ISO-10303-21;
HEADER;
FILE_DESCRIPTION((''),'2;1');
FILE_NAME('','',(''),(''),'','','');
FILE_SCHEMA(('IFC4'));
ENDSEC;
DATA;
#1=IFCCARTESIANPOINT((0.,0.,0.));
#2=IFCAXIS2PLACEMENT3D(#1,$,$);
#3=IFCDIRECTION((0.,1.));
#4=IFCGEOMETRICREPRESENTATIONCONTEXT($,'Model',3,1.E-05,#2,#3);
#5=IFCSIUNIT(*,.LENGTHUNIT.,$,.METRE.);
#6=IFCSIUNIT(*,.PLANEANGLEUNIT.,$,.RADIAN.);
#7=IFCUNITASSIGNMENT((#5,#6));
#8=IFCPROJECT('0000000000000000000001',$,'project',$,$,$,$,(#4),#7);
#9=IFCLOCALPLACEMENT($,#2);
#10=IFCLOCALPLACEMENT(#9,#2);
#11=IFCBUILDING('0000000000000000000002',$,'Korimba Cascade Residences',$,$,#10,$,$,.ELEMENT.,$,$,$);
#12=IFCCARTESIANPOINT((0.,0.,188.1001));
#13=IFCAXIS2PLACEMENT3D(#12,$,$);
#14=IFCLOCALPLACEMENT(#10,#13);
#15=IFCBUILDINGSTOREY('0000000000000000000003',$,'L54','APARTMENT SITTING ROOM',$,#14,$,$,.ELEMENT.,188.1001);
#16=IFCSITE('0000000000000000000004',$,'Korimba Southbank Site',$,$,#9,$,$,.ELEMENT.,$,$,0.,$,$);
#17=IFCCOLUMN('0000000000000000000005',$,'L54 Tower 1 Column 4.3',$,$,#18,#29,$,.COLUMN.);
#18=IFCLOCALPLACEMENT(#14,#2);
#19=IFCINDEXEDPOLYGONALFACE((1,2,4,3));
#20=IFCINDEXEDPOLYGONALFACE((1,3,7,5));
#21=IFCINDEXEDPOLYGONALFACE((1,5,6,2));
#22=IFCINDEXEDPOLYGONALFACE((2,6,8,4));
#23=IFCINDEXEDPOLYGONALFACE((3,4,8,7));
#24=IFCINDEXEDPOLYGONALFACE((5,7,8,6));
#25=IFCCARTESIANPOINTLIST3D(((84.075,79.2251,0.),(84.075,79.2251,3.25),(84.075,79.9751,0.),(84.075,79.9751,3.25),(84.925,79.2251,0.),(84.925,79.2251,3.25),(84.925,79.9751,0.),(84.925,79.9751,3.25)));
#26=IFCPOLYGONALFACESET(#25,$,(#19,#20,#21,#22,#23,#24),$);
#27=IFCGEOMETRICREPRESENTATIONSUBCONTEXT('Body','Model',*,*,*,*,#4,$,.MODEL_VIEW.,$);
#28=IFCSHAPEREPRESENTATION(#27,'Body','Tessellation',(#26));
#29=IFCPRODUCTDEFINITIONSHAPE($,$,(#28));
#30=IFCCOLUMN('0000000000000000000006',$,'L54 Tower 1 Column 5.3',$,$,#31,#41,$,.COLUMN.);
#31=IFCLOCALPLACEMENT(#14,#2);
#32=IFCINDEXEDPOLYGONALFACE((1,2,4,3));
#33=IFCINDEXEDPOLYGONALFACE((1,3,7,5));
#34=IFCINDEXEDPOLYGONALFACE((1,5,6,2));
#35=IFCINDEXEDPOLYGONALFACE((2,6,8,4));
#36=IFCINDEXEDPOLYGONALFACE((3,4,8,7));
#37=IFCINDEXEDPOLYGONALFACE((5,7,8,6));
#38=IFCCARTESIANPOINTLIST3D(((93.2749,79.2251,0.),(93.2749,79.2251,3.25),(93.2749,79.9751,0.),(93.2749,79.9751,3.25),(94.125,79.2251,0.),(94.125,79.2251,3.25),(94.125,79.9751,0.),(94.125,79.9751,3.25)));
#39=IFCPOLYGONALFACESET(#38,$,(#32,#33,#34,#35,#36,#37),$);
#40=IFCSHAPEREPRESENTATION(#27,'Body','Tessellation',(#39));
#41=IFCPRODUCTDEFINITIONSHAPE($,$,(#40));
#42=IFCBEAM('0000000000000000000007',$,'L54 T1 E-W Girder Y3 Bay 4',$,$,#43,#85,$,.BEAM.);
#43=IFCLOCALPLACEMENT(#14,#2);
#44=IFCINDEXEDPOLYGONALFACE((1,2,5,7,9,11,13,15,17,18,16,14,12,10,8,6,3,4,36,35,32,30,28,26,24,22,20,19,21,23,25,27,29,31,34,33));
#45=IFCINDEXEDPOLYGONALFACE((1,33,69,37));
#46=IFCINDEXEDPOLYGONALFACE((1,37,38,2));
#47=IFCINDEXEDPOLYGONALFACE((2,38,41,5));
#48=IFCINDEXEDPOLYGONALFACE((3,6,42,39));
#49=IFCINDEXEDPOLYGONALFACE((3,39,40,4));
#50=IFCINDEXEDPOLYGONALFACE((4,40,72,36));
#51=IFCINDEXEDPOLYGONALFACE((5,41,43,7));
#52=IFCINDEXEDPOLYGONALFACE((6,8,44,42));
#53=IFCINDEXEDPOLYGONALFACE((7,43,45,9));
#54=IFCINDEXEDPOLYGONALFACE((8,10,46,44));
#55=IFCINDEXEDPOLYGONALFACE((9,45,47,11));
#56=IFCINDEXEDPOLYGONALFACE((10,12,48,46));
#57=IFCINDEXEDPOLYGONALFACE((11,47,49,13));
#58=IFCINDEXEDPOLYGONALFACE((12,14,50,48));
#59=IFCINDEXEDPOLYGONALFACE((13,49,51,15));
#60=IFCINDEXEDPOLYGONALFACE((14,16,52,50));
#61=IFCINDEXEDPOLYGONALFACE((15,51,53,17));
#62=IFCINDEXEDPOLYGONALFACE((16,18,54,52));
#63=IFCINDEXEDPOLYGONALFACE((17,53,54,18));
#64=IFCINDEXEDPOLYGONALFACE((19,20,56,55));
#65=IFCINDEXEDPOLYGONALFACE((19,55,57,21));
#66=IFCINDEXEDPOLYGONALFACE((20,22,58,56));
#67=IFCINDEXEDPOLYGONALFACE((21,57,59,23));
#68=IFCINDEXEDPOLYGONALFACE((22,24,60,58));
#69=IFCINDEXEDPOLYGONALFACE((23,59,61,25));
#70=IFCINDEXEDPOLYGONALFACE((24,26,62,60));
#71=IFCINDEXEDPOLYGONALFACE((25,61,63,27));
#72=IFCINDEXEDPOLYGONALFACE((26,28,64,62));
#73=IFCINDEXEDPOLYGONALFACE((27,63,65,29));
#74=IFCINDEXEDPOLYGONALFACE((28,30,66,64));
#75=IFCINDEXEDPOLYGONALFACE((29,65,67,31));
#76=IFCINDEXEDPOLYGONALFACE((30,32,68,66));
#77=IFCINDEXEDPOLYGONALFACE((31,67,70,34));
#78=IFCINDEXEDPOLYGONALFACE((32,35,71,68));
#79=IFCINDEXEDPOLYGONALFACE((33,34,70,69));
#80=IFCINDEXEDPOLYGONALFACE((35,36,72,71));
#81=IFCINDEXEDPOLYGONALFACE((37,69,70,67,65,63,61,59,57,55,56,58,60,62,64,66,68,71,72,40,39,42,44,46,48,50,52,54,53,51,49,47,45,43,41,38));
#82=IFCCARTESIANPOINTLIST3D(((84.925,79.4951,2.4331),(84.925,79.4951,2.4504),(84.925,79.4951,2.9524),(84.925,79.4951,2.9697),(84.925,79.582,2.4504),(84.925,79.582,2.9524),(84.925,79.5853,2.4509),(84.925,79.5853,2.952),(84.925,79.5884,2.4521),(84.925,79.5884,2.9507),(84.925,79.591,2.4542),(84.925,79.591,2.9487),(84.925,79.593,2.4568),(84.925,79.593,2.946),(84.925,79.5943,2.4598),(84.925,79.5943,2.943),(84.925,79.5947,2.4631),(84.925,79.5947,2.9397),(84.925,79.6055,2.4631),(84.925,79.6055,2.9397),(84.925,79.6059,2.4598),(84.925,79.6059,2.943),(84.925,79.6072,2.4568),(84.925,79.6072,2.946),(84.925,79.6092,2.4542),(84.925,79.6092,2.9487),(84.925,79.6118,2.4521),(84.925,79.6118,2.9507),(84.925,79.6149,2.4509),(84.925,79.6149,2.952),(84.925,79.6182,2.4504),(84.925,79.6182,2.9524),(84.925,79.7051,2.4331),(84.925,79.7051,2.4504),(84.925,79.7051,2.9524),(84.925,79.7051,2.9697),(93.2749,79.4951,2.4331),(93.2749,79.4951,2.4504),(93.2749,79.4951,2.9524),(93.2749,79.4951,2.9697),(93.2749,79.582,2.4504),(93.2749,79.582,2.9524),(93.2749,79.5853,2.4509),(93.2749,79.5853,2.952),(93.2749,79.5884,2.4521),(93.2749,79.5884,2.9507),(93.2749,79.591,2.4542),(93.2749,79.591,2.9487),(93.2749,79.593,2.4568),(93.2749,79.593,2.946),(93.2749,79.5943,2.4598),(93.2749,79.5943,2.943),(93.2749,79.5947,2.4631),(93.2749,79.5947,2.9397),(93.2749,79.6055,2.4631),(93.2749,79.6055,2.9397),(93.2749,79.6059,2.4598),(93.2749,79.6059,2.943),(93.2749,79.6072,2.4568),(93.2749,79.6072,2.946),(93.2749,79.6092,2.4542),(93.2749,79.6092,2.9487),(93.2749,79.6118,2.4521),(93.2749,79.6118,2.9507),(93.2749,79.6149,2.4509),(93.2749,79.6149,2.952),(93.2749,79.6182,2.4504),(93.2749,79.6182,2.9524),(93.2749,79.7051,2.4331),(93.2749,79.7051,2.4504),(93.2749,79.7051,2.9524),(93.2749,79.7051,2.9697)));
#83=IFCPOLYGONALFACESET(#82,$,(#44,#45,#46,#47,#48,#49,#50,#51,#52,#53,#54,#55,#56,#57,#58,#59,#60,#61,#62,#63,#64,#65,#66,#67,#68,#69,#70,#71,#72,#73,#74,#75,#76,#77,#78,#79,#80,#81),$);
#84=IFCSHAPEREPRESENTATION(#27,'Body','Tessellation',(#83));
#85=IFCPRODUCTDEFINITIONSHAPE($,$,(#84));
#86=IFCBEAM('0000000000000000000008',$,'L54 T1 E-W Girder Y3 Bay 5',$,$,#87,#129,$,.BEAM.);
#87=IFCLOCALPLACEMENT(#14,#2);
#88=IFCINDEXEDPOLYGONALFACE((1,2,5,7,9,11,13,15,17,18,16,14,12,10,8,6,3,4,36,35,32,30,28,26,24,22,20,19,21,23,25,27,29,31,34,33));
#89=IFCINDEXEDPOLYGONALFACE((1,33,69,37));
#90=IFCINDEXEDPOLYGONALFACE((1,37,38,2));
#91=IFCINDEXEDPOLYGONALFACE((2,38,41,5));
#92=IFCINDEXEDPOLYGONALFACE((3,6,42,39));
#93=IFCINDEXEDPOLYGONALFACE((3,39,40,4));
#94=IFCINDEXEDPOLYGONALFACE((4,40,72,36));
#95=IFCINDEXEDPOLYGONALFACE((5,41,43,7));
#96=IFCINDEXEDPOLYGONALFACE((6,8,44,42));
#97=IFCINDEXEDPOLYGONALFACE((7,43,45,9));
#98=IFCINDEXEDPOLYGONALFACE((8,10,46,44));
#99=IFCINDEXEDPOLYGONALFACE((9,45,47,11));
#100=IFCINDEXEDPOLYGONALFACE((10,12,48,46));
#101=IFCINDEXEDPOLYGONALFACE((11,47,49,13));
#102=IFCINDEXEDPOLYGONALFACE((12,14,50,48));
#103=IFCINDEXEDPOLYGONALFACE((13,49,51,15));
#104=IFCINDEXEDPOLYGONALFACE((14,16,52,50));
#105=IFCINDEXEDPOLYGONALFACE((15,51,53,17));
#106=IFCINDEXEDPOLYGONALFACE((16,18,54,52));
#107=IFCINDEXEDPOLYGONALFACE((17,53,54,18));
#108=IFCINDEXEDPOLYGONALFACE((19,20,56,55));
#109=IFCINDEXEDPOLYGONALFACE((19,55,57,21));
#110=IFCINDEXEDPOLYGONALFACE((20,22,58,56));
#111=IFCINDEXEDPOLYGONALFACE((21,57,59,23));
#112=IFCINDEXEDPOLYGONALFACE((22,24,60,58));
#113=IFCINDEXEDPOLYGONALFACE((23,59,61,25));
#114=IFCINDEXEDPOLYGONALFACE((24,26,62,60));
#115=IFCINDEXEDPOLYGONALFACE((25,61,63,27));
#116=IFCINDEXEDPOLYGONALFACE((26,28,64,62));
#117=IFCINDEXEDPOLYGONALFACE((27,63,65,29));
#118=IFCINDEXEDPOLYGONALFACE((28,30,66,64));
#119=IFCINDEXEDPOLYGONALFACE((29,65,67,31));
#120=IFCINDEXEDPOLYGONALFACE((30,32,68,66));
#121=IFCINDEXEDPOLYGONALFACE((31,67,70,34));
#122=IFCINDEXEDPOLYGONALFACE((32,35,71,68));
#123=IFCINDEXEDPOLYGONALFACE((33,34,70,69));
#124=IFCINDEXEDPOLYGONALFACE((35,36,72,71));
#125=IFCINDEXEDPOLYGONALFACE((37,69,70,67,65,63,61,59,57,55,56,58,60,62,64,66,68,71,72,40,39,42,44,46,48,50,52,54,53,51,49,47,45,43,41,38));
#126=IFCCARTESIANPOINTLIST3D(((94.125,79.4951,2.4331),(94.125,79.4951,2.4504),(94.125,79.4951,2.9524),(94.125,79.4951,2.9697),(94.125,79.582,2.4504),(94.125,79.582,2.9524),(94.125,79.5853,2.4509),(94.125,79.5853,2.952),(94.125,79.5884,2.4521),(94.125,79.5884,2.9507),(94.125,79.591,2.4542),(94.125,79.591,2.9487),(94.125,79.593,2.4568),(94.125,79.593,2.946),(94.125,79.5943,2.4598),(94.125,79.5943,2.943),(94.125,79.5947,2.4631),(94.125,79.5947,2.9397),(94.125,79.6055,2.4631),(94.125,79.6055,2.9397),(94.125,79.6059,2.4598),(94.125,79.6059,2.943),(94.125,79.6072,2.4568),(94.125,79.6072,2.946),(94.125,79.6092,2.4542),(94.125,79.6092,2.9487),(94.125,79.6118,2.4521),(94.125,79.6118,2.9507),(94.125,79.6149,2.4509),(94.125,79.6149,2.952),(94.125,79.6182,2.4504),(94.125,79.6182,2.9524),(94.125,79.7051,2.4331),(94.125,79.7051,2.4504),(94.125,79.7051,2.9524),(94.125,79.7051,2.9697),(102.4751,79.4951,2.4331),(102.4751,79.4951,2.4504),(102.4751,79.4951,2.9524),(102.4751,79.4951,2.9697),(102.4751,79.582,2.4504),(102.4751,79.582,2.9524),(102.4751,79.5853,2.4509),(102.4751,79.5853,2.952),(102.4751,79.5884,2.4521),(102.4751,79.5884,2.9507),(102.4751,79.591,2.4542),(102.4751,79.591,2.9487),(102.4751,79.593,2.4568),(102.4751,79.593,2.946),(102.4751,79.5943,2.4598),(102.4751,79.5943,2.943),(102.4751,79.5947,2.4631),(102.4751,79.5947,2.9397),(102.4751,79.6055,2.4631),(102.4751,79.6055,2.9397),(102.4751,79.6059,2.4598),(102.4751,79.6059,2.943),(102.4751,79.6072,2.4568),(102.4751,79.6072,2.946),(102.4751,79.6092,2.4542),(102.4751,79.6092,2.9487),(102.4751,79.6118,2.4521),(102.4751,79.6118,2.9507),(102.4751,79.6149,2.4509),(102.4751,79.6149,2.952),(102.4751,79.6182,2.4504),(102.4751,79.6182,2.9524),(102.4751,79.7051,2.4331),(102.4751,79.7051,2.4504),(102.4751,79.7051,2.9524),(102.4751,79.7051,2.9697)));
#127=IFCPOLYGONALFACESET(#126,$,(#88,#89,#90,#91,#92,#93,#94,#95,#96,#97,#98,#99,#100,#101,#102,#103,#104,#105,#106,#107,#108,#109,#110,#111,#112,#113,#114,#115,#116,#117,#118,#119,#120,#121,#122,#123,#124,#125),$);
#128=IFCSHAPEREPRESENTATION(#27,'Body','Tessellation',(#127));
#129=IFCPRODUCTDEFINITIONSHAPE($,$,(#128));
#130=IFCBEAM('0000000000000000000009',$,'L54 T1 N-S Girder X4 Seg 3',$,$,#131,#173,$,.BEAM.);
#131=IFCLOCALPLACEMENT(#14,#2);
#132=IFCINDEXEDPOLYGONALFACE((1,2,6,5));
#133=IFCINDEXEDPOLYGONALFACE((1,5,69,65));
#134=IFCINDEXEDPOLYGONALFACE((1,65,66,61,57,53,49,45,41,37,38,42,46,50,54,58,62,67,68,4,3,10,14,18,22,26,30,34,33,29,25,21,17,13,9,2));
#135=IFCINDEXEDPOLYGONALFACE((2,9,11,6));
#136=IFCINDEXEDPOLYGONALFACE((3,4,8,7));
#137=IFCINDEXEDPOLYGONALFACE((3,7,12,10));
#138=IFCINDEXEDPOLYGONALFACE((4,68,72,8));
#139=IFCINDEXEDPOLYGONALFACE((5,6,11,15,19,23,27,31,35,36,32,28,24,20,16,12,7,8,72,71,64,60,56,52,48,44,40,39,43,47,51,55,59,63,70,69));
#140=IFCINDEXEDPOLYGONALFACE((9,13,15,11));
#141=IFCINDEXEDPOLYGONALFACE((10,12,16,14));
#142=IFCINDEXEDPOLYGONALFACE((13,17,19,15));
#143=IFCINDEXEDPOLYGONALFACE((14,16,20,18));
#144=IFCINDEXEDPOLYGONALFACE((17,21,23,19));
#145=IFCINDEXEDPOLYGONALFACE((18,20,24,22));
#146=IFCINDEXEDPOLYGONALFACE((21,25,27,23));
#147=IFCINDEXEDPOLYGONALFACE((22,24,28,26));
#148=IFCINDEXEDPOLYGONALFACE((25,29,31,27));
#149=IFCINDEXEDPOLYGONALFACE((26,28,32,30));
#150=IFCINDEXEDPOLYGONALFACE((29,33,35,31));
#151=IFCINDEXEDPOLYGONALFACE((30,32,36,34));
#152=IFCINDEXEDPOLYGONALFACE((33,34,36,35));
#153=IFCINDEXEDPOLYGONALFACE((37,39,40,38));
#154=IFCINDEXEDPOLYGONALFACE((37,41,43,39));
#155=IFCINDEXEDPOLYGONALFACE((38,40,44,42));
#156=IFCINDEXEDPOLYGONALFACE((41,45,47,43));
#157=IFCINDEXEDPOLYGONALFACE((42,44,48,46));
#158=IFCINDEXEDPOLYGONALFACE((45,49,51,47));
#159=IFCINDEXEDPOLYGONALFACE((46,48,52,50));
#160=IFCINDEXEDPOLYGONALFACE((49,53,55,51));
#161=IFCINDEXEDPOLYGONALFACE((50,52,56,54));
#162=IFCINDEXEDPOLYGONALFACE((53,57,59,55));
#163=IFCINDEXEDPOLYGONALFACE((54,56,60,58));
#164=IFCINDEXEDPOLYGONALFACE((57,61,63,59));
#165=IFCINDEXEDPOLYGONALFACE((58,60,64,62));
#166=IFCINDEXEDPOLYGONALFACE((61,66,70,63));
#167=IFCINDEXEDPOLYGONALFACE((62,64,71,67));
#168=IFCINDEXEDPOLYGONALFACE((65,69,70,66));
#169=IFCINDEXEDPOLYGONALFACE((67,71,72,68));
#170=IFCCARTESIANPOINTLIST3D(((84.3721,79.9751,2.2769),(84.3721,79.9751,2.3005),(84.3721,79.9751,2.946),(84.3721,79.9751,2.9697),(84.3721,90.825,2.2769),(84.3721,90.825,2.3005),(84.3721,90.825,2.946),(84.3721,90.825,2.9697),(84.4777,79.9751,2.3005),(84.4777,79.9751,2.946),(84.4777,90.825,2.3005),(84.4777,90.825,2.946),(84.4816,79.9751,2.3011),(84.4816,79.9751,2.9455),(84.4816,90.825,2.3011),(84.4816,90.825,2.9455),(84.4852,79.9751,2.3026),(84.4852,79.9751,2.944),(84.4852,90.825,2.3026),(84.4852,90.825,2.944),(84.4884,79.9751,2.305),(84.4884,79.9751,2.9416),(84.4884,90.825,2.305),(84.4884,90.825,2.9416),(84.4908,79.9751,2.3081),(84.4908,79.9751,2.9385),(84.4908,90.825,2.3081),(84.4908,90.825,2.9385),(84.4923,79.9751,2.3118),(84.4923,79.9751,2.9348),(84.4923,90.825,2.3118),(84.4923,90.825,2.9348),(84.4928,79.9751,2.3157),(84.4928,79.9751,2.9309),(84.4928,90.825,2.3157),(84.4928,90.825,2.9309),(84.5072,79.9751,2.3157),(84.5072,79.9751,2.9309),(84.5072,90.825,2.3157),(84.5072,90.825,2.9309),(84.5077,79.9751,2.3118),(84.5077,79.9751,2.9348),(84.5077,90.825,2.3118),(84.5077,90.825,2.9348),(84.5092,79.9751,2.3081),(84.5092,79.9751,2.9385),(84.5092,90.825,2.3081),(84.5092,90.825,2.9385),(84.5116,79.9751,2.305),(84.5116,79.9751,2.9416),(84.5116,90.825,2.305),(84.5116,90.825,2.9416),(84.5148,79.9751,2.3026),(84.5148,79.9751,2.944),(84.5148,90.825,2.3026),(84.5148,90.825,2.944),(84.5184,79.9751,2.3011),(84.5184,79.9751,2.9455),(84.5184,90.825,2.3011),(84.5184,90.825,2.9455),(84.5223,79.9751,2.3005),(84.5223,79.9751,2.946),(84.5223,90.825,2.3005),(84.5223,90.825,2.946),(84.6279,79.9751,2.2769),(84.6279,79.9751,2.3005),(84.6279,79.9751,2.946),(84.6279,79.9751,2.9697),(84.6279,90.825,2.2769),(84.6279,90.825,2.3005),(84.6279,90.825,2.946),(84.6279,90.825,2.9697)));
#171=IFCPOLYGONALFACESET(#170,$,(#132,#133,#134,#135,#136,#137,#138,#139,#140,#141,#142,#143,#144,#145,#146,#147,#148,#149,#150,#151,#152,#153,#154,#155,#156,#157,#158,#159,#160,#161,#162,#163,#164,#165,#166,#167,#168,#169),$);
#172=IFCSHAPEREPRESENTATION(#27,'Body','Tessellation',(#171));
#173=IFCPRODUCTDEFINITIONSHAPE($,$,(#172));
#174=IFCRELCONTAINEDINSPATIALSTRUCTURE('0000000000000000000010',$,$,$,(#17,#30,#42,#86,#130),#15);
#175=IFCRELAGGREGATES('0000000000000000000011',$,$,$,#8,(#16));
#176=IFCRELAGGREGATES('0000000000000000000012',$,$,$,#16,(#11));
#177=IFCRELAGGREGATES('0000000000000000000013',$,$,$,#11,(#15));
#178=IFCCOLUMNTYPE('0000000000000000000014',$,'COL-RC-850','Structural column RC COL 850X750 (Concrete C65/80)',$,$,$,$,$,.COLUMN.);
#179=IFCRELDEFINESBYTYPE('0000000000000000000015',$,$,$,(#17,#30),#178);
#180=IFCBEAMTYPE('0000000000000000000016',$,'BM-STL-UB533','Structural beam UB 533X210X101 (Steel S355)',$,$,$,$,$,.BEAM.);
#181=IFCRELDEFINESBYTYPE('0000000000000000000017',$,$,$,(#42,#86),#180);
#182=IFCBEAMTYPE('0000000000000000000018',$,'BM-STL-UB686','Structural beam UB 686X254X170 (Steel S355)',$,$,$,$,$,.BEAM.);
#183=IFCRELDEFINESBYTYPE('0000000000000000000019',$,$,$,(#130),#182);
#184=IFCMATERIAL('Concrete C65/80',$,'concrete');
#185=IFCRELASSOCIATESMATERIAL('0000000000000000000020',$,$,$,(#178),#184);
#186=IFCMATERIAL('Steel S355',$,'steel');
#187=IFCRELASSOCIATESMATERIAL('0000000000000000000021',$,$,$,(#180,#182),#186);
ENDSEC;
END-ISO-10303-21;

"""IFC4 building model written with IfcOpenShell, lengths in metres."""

from ifc_helpers import new_model, si_unit, direction, frame, origin, origin_2d, place, context, subcontext, project, spatial, rectangle, i_section, extrude, material, material_profile, profile_set, type_object, element, save


model = new_model("IFC4")

# Units and contexts
model_context = context("Model", 3, precision=1e-05, world=origin(), true_north=direction((0.0, 1.0)))
body_context = subcontext(model_context, "Body", "Model", "MODEL_VIEW")
ifc_project = project(units=[si_unit("LENGTHUNIT", "METRE"), si_unit("PLANEANGLEUNIT", "RADIAN")], contexts=[model_context])

# Site, building, storey
site_placement = place(None, origin())
site = spatial("IfcSite", under=ifc_project, at=site_placement, Name="Korimba Southbank Site", CompositionType="ELEMENT", RefElevation=0.0)
building_placement = place(site_placement, origin())
building = spatial("IfcBuilding", under=site, at=building_placement, Name="Korimba Cascade Residences", CompositionType="ELEMENT")
storey_placement = place(building_placement, frame((0.0, 0.0, 188.1001)))
storey = spatial("IfcBuildingStorey", under=building, at=storey_placement, Name="L54", Description="APARTMENT SITTING ROOM", CompositionType="ELEMENT", Elevation=188.1001)

# Columns
ifc_material_1 = material(Name="Concrete C65/80", Category="concrete")
ifc_material_profile_1 = material_profile(ifc_material_1, rectangle(XDim=0.8501, YDim=0.75, at=origin_2d()), Name="Concrete C65/80")
ifc_profile_set_1 = profile_set([ifc_material_profile_1], Name="Concrete C65/80")
column_type = type_object("IfcColumnType", Name="COL-RC-850", Description="Structural column RC COL 850X750 (Concrete C65/80)", PredefinedType="COLUMN", material=ifc_profile_set_1)
for number, where, z_axis, x_axis, name in (
    (1, (84.5, 79.6001, 0.0), (0.0, 0.0, 1.0), (1.0, 0.0, 0.0), "L54 Tower 1 Column 4.3"),
    (2, (93.7, 79.6001, 0.0), (0.0, 0.0, 1.0), (1.0, 0.0, 0.0), "L54 Tower 1 Column 5.3"),
):
    element("IfcColumn", number, at=place(storey_placement, frame(where, z_axis=z_axis, x_axis=x_axis)), inside=storey, type_object=column_type, Name=name, PredefinedType="COLUMN", context=body_context, shape_type="SweptSolid", body=[
        extrude(rectangle(XDim=0.8501, YDim=0.75, at=origin_2d()), origin(), (0.0, 0.0, 1.0), 3.25),
    ])

# Beams
ifc_material_2 = material(Name="Steel S355", Category="steel")
ifc_material_profile_2 = material_profile(ifc_material_2, i_section(OverallWidth=0.21, OverallDepth=0.5366, WebThickness=0.0107, FlangeThickness=0.0173, FilletRadius=0.0127, at=origin_2d()), Name="Steel S355")
ifc_profile_set_2 = profile_set([ifc_material_profile_2], Name="Steel S355")
beam_type_1 = type_object("IfcBeamType", Name="BM-STL-UB533", Description="Structural beam UB 533X210X101 (Steel S355)", PredefinedType="BEAM", material=ifc_profile_set_2)
beam_1_placement = place(storey_placement, frame((84.925, 79.6001, 2.7014), z_axis=(1.0, 0.0, 0.0), x_axis=(0.0, 1.0, 0.0)))
element("IfcBeam", 3, at=beam_1_placement, inside=storey, type_object=beam_type_1, Name="L54 T1 E-W Girder Y3 Bay 4", PredefinedType="BEAM", context=body_context, shape_type="SweptSolid", body=[
    extrude(i_section(OverallWidth=0.21, OverallDepth=0.5366, WebThickness=0.0107, FlangeThickness=0.0173, FilletRadius=0.0127, at=origin_2d()), origin(), (0.0, 0.0, 1.0), 8.3499),
])
beam_2_placement = place(storey_placement, frame((94.125, 79.6001, 2.7014), z_axis=(1.0, 0.0, 0.0), x_axis=(0.0, 1.0, 0.0)))
element("IfcBeam", 4, at=beam_2_placement, inside=storey, type_object=beam_type_1, Name="L54 T1 E-W Girder Y3 Bay 5", PredefinedType="BEAM", context=body_context, shape_type="SweptSolid", body=[
    extrude(i_section(OverallWidth=0.21, OverallDepth=0.5366, WebThickness=0.0107, FlangeThickness=0.0173, FilletRadius=0.0127, at=origin_2d()), origin(), (0.0, 0.0, 1.0), 8.3501),
])
ifc_material_profile_3 = material_profile(ifc_material_2, i_section(OverallWidth=0.2559, OverallDepth=0.6929, WebThickness=0.0144, FlangeThickness=0.0237, FilletRadius=0.0151, at=origin_2d()), Name="Steel S355")
ifc_profile_set_3 = profile_set([ifc_material_profile_3], Name="Steel S355")
beam_type_2 = type_object("IfcBeamType", Name="BM-STL-UB686", Description="Structural beam UB 686X254X170 (Steel S355)", PredefinedType="BEAM", material=ifc_profile_set_3)
for number, where, z_axis, x_axis, name in (
    (5, (84.5, 79.9751, 2.6233), (0.0, 1.0, 0.0), (-1.0, 0.0, 0.0), "L54 T1 N-S Girder X4 Seg 3"),
):
    element("IfcBeam", number, at=place(storey_placement, frame(where, z_axis=z_axis, x_axis=x_axis)), inside=storey, type_object=beam_type_2, Name=name, PredefinedType="BEAM", context=body_context, shape_type="SweptSolid", body=[
        extrude(i_section(OverallWidth=0.2559, OverallDepth=0.6929, WebThickness=0.0144, FlangeThickness=0.0237, FilletRadius=0.0151, at=origin_2d()), origin(), (0.0, 0.0, 1.0), 10.8499),
    ])

save(model, "model.ifc")
